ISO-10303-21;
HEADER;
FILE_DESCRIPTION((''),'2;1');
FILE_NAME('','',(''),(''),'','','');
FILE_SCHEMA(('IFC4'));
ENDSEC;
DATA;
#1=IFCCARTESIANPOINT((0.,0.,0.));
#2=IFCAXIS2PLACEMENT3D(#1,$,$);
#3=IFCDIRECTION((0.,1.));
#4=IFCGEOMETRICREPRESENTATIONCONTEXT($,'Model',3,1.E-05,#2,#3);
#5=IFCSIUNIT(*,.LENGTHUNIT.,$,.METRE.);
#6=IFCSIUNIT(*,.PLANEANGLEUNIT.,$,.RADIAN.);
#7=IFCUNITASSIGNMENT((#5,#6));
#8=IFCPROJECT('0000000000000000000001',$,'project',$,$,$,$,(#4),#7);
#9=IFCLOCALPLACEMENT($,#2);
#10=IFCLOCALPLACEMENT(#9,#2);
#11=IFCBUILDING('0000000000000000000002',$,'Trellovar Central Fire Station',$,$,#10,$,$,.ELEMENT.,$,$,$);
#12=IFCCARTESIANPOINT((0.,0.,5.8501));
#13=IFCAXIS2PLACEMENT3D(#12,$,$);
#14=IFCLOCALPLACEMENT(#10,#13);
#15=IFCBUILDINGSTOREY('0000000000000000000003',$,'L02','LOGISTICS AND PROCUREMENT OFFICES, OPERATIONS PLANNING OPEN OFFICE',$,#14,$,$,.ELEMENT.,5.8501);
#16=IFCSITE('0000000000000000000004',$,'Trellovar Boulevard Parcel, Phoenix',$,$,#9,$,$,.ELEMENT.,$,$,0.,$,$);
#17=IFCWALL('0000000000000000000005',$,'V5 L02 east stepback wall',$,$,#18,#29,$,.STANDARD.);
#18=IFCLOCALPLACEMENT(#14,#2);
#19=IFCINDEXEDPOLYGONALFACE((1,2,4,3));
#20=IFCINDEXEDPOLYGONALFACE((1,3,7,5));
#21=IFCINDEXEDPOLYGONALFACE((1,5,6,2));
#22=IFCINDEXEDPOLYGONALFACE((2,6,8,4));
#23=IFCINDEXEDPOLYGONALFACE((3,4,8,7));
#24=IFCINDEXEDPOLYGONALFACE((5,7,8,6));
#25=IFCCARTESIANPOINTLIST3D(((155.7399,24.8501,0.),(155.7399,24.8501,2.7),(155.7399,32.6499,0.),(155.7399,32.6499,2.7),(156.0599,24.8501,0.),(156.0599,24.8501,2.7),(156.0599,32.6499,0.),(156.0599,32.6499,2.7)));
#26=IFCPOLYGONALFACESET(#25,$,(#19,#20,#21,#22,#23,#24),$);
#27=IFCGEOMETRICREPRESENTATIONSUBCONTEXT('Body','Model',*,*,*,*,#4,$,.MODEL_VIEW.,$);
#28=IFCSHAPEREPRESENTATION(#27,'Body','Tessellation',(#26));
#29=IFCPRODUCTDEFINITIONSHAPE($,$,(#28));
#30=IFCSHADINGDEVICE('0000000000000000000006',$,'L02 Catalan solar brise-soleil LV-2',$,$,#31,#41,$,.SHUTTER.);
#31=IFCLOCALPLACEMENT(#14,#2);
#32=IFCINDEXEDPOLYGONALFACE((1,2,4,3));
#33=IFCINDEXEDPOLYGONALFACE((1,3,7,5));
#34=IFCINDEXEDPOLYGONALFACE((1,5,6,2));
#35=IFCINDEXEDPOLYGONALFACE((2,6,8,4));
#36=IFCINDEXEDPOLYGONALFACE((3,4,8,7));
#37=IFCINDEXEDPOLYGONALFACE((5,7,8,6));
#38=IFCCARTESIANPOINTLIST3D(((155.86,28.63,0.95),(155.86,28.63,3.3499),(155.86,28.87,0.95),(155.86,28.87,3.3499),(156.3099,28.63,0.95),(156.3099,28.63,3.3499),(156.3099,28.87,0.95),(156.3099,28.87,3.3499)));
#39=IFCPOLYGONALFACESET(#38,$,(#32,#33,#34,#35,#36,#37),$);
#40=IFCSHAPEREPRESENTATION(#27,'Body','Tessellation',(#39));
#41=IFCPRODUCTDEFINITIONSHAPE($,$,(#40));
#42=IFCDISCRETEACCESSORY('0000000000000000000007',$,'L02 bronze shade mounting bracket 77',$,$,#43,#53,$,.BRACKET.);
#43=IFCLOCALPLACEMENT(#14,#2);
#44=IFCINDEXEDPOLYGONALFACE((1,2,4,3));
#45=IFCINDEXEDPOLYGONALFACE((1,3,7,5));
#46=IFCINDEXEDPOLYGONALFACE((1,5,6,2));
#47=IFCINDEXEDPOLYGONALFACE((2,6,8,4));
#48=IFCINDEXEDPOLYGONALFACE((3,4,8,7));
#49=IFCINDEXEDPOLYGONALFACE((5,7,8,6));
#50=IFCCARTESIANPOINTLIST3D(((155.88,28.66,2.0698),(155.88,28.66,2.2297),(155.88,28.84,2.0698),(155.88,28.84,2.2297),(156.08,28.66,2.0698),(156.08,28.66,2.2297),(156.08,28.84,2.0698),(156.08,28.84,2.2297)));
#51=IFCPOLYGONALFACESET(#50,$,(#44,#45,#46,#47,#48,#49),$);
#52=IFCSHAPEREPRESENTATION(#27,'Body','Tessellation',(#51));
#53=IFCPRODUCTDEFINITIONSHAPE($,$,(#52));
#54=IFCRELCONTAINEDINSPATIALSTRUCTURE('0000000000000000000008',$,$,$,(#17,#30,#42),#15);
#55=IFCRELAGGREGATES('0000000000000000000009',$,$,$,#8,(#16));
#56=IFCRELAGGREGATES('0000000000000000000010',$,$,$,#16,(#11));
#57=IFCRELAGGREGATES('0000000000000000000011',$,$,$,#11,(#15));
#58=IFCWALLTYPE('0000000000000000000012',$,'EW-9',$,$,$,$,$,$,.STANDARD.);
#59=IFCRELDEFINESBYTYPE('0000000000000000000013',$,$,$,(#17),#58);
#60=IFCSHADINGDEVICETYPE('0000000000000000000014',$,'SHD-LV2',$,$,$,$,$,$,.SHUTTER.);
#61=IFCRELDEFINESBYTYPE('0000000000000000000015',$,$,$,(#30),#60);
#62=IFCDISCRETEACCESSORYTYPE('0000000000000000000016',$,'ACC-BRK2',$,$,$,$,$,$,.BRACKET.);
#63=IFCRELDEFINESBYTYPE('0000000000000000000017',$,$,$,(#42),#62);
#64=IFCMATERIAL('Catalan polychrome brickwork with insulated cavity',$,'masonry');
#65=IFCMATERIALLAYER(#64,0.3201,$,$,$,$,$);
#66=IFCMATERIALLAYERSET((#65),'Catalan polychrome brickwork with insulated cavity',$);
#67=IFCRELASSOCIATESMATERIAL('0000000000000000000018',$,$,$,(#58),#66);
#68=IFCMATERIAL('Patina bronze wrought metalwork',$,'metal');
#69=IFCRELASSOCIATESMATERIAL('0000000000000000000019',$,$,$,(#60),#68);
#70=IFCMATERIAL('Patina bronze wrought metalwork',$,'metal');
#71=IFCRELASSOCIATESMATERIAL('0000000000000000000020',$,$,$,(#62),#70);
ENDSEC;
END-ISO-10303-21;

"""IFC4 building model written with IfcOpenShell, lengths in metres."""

from ifc_helpers import new_model, si_unit, direction, frame, frame_2d, origin, origin_2d, place, context, subcontext, project, spatial, rectangle, extrude, material, layer, layer_set, type_object, element, save


model = new_model("IFC4")

# Units and contexts
model_context = context("Model", 3, precision=1e-05, world=origin(), true_north=direction((0.0, 1.0)))
body_context = subcontext(model_context, "Body", "Model", "MODEL_VIEW")
ifc_project = project(units=[si_unit("LENGTHUNIT", "METRE"), si_unit("PLANEANGLEUNIT", "RADIAN")], contexts=[model_context])

# Site, building, storey
site_placement = place(None, origin())
site = spatial("IfcSite", under=ifc_project, at=site_placement, Name="Trellovar Boulevard Parcel, Phoenix", CompositionType="ELEMENT", RefElevation=0.0)
building_placement = place(site_placement, origin())
building = spatial("IfcBuilding", under=site, at=building_placement, Name="Trellovar Central Fire Station", CompositionType="ELEMENT")
storey_placement = place(building_placement, frame((0.0, 0.0, 5.8501)))
storey = spatial("IfcBuildingStorey", under=building, at=storey_placement, Name="L02", Description="LOGISTICS AND PROCUREMENT OFFICES, OPERATIONS PLANNING OPEN OFFICE", CompositionType="ELEMENT", Elevation=5.8501)

# Wall
ifc_material_1 = material(Name="Catalan polychrome brickwork with insulated cavity", Category="masonry")
ifc_layer_1 = layer(ifc_material_1, 0.3201)
ifc_layer_set_1 = layer_set([ifc_layer_1], Name="Catalan polychrome brickwork with insulated cavity")
wall_type = type_object("IfcWallType", Name="EW-9", PredefinedType="STANDARD", material=ifc_layer_set_1)
wall_placement = place(storey_placement, frame((155.8999, 24.8501, 0.0), z_axis=(0.0, 0.0, 1.0), x_axis=(0.0, 1.0, 0.0)))
element("IfcWall", 1, at=wall_placement, inside=storey, type_object=wall_type, Name="V5 L02 east stepback wall", PredefinedType="STANDARD", context=body_context, shape_type="SweptSolid", body=[
    extrude(rectangle(XDim=7.7998, YDim=0.3201, at=frame_2d((3.8999, 0.0))), origin(), (0.0, 0.0, 1.0), 2.7),
])

# Shading device
ifc_material_2 = material(Name="Patina bronze wrought metalwork", Category="metal")
shading_device_type = type_object("IfcShadingDeviceType", Name="SHD-LV2", PredefinedType="SHUTTER", material=ifc_material_2)
shading_device_placement = place(storey_placement, frame((156.085, 28.75, 0.95), z_axis=(0.0, 0.0, 1.0), x_axis=(1.0, 0.0, 0.0)))
element("IfcShadingDevice", 2, at=shading_device_placement, inside=storey, type_object=shading_device_type, Name="L02 Catalan solar brise-soleil LV-2", PredefinedType="SHUTTER", context=body_context, shape_type="SweptSolid", body=[
    extrude(rectangle(XDim=0.45, YDim=0.24, at=origin_2d()), origin(), (0.0, 0.0, 1.0), 2.3999),
])

# Discrete accessory
ifc_material_3 = material(Name="Patina bronze wrought metalwork", Category="metal")
discrete_accessory_type = type_object("IfcDiscreteAccessoryType", Name="ACC-BRK2", PredefinedType="BRACKET", material=ifc_material_3)
discrete_accessory_placement = place(storey_placement, frame((155.98, 28.75, 2.0698), z_axis=(0.0, 0.0, 1.0), x_axis=(1.0, 0.0, 0.0)))
element("IfcDiscreteAccessory", 3, at=discrete_accessory_placement, inside=storey, type_object=discrete_accessory_type, Name="L02 bronze shade mounting bracket 77", PredefinedType="BRACKET", context=body_context, shape_type="SweptSolid", body=[
    extrude(rectangle(XDim=0.2, YDim=0.1799, at=origin_2d()), origin(), (0.0, 0.0, 1.0), 0.1599),
])

save(model, "model.ifc")
